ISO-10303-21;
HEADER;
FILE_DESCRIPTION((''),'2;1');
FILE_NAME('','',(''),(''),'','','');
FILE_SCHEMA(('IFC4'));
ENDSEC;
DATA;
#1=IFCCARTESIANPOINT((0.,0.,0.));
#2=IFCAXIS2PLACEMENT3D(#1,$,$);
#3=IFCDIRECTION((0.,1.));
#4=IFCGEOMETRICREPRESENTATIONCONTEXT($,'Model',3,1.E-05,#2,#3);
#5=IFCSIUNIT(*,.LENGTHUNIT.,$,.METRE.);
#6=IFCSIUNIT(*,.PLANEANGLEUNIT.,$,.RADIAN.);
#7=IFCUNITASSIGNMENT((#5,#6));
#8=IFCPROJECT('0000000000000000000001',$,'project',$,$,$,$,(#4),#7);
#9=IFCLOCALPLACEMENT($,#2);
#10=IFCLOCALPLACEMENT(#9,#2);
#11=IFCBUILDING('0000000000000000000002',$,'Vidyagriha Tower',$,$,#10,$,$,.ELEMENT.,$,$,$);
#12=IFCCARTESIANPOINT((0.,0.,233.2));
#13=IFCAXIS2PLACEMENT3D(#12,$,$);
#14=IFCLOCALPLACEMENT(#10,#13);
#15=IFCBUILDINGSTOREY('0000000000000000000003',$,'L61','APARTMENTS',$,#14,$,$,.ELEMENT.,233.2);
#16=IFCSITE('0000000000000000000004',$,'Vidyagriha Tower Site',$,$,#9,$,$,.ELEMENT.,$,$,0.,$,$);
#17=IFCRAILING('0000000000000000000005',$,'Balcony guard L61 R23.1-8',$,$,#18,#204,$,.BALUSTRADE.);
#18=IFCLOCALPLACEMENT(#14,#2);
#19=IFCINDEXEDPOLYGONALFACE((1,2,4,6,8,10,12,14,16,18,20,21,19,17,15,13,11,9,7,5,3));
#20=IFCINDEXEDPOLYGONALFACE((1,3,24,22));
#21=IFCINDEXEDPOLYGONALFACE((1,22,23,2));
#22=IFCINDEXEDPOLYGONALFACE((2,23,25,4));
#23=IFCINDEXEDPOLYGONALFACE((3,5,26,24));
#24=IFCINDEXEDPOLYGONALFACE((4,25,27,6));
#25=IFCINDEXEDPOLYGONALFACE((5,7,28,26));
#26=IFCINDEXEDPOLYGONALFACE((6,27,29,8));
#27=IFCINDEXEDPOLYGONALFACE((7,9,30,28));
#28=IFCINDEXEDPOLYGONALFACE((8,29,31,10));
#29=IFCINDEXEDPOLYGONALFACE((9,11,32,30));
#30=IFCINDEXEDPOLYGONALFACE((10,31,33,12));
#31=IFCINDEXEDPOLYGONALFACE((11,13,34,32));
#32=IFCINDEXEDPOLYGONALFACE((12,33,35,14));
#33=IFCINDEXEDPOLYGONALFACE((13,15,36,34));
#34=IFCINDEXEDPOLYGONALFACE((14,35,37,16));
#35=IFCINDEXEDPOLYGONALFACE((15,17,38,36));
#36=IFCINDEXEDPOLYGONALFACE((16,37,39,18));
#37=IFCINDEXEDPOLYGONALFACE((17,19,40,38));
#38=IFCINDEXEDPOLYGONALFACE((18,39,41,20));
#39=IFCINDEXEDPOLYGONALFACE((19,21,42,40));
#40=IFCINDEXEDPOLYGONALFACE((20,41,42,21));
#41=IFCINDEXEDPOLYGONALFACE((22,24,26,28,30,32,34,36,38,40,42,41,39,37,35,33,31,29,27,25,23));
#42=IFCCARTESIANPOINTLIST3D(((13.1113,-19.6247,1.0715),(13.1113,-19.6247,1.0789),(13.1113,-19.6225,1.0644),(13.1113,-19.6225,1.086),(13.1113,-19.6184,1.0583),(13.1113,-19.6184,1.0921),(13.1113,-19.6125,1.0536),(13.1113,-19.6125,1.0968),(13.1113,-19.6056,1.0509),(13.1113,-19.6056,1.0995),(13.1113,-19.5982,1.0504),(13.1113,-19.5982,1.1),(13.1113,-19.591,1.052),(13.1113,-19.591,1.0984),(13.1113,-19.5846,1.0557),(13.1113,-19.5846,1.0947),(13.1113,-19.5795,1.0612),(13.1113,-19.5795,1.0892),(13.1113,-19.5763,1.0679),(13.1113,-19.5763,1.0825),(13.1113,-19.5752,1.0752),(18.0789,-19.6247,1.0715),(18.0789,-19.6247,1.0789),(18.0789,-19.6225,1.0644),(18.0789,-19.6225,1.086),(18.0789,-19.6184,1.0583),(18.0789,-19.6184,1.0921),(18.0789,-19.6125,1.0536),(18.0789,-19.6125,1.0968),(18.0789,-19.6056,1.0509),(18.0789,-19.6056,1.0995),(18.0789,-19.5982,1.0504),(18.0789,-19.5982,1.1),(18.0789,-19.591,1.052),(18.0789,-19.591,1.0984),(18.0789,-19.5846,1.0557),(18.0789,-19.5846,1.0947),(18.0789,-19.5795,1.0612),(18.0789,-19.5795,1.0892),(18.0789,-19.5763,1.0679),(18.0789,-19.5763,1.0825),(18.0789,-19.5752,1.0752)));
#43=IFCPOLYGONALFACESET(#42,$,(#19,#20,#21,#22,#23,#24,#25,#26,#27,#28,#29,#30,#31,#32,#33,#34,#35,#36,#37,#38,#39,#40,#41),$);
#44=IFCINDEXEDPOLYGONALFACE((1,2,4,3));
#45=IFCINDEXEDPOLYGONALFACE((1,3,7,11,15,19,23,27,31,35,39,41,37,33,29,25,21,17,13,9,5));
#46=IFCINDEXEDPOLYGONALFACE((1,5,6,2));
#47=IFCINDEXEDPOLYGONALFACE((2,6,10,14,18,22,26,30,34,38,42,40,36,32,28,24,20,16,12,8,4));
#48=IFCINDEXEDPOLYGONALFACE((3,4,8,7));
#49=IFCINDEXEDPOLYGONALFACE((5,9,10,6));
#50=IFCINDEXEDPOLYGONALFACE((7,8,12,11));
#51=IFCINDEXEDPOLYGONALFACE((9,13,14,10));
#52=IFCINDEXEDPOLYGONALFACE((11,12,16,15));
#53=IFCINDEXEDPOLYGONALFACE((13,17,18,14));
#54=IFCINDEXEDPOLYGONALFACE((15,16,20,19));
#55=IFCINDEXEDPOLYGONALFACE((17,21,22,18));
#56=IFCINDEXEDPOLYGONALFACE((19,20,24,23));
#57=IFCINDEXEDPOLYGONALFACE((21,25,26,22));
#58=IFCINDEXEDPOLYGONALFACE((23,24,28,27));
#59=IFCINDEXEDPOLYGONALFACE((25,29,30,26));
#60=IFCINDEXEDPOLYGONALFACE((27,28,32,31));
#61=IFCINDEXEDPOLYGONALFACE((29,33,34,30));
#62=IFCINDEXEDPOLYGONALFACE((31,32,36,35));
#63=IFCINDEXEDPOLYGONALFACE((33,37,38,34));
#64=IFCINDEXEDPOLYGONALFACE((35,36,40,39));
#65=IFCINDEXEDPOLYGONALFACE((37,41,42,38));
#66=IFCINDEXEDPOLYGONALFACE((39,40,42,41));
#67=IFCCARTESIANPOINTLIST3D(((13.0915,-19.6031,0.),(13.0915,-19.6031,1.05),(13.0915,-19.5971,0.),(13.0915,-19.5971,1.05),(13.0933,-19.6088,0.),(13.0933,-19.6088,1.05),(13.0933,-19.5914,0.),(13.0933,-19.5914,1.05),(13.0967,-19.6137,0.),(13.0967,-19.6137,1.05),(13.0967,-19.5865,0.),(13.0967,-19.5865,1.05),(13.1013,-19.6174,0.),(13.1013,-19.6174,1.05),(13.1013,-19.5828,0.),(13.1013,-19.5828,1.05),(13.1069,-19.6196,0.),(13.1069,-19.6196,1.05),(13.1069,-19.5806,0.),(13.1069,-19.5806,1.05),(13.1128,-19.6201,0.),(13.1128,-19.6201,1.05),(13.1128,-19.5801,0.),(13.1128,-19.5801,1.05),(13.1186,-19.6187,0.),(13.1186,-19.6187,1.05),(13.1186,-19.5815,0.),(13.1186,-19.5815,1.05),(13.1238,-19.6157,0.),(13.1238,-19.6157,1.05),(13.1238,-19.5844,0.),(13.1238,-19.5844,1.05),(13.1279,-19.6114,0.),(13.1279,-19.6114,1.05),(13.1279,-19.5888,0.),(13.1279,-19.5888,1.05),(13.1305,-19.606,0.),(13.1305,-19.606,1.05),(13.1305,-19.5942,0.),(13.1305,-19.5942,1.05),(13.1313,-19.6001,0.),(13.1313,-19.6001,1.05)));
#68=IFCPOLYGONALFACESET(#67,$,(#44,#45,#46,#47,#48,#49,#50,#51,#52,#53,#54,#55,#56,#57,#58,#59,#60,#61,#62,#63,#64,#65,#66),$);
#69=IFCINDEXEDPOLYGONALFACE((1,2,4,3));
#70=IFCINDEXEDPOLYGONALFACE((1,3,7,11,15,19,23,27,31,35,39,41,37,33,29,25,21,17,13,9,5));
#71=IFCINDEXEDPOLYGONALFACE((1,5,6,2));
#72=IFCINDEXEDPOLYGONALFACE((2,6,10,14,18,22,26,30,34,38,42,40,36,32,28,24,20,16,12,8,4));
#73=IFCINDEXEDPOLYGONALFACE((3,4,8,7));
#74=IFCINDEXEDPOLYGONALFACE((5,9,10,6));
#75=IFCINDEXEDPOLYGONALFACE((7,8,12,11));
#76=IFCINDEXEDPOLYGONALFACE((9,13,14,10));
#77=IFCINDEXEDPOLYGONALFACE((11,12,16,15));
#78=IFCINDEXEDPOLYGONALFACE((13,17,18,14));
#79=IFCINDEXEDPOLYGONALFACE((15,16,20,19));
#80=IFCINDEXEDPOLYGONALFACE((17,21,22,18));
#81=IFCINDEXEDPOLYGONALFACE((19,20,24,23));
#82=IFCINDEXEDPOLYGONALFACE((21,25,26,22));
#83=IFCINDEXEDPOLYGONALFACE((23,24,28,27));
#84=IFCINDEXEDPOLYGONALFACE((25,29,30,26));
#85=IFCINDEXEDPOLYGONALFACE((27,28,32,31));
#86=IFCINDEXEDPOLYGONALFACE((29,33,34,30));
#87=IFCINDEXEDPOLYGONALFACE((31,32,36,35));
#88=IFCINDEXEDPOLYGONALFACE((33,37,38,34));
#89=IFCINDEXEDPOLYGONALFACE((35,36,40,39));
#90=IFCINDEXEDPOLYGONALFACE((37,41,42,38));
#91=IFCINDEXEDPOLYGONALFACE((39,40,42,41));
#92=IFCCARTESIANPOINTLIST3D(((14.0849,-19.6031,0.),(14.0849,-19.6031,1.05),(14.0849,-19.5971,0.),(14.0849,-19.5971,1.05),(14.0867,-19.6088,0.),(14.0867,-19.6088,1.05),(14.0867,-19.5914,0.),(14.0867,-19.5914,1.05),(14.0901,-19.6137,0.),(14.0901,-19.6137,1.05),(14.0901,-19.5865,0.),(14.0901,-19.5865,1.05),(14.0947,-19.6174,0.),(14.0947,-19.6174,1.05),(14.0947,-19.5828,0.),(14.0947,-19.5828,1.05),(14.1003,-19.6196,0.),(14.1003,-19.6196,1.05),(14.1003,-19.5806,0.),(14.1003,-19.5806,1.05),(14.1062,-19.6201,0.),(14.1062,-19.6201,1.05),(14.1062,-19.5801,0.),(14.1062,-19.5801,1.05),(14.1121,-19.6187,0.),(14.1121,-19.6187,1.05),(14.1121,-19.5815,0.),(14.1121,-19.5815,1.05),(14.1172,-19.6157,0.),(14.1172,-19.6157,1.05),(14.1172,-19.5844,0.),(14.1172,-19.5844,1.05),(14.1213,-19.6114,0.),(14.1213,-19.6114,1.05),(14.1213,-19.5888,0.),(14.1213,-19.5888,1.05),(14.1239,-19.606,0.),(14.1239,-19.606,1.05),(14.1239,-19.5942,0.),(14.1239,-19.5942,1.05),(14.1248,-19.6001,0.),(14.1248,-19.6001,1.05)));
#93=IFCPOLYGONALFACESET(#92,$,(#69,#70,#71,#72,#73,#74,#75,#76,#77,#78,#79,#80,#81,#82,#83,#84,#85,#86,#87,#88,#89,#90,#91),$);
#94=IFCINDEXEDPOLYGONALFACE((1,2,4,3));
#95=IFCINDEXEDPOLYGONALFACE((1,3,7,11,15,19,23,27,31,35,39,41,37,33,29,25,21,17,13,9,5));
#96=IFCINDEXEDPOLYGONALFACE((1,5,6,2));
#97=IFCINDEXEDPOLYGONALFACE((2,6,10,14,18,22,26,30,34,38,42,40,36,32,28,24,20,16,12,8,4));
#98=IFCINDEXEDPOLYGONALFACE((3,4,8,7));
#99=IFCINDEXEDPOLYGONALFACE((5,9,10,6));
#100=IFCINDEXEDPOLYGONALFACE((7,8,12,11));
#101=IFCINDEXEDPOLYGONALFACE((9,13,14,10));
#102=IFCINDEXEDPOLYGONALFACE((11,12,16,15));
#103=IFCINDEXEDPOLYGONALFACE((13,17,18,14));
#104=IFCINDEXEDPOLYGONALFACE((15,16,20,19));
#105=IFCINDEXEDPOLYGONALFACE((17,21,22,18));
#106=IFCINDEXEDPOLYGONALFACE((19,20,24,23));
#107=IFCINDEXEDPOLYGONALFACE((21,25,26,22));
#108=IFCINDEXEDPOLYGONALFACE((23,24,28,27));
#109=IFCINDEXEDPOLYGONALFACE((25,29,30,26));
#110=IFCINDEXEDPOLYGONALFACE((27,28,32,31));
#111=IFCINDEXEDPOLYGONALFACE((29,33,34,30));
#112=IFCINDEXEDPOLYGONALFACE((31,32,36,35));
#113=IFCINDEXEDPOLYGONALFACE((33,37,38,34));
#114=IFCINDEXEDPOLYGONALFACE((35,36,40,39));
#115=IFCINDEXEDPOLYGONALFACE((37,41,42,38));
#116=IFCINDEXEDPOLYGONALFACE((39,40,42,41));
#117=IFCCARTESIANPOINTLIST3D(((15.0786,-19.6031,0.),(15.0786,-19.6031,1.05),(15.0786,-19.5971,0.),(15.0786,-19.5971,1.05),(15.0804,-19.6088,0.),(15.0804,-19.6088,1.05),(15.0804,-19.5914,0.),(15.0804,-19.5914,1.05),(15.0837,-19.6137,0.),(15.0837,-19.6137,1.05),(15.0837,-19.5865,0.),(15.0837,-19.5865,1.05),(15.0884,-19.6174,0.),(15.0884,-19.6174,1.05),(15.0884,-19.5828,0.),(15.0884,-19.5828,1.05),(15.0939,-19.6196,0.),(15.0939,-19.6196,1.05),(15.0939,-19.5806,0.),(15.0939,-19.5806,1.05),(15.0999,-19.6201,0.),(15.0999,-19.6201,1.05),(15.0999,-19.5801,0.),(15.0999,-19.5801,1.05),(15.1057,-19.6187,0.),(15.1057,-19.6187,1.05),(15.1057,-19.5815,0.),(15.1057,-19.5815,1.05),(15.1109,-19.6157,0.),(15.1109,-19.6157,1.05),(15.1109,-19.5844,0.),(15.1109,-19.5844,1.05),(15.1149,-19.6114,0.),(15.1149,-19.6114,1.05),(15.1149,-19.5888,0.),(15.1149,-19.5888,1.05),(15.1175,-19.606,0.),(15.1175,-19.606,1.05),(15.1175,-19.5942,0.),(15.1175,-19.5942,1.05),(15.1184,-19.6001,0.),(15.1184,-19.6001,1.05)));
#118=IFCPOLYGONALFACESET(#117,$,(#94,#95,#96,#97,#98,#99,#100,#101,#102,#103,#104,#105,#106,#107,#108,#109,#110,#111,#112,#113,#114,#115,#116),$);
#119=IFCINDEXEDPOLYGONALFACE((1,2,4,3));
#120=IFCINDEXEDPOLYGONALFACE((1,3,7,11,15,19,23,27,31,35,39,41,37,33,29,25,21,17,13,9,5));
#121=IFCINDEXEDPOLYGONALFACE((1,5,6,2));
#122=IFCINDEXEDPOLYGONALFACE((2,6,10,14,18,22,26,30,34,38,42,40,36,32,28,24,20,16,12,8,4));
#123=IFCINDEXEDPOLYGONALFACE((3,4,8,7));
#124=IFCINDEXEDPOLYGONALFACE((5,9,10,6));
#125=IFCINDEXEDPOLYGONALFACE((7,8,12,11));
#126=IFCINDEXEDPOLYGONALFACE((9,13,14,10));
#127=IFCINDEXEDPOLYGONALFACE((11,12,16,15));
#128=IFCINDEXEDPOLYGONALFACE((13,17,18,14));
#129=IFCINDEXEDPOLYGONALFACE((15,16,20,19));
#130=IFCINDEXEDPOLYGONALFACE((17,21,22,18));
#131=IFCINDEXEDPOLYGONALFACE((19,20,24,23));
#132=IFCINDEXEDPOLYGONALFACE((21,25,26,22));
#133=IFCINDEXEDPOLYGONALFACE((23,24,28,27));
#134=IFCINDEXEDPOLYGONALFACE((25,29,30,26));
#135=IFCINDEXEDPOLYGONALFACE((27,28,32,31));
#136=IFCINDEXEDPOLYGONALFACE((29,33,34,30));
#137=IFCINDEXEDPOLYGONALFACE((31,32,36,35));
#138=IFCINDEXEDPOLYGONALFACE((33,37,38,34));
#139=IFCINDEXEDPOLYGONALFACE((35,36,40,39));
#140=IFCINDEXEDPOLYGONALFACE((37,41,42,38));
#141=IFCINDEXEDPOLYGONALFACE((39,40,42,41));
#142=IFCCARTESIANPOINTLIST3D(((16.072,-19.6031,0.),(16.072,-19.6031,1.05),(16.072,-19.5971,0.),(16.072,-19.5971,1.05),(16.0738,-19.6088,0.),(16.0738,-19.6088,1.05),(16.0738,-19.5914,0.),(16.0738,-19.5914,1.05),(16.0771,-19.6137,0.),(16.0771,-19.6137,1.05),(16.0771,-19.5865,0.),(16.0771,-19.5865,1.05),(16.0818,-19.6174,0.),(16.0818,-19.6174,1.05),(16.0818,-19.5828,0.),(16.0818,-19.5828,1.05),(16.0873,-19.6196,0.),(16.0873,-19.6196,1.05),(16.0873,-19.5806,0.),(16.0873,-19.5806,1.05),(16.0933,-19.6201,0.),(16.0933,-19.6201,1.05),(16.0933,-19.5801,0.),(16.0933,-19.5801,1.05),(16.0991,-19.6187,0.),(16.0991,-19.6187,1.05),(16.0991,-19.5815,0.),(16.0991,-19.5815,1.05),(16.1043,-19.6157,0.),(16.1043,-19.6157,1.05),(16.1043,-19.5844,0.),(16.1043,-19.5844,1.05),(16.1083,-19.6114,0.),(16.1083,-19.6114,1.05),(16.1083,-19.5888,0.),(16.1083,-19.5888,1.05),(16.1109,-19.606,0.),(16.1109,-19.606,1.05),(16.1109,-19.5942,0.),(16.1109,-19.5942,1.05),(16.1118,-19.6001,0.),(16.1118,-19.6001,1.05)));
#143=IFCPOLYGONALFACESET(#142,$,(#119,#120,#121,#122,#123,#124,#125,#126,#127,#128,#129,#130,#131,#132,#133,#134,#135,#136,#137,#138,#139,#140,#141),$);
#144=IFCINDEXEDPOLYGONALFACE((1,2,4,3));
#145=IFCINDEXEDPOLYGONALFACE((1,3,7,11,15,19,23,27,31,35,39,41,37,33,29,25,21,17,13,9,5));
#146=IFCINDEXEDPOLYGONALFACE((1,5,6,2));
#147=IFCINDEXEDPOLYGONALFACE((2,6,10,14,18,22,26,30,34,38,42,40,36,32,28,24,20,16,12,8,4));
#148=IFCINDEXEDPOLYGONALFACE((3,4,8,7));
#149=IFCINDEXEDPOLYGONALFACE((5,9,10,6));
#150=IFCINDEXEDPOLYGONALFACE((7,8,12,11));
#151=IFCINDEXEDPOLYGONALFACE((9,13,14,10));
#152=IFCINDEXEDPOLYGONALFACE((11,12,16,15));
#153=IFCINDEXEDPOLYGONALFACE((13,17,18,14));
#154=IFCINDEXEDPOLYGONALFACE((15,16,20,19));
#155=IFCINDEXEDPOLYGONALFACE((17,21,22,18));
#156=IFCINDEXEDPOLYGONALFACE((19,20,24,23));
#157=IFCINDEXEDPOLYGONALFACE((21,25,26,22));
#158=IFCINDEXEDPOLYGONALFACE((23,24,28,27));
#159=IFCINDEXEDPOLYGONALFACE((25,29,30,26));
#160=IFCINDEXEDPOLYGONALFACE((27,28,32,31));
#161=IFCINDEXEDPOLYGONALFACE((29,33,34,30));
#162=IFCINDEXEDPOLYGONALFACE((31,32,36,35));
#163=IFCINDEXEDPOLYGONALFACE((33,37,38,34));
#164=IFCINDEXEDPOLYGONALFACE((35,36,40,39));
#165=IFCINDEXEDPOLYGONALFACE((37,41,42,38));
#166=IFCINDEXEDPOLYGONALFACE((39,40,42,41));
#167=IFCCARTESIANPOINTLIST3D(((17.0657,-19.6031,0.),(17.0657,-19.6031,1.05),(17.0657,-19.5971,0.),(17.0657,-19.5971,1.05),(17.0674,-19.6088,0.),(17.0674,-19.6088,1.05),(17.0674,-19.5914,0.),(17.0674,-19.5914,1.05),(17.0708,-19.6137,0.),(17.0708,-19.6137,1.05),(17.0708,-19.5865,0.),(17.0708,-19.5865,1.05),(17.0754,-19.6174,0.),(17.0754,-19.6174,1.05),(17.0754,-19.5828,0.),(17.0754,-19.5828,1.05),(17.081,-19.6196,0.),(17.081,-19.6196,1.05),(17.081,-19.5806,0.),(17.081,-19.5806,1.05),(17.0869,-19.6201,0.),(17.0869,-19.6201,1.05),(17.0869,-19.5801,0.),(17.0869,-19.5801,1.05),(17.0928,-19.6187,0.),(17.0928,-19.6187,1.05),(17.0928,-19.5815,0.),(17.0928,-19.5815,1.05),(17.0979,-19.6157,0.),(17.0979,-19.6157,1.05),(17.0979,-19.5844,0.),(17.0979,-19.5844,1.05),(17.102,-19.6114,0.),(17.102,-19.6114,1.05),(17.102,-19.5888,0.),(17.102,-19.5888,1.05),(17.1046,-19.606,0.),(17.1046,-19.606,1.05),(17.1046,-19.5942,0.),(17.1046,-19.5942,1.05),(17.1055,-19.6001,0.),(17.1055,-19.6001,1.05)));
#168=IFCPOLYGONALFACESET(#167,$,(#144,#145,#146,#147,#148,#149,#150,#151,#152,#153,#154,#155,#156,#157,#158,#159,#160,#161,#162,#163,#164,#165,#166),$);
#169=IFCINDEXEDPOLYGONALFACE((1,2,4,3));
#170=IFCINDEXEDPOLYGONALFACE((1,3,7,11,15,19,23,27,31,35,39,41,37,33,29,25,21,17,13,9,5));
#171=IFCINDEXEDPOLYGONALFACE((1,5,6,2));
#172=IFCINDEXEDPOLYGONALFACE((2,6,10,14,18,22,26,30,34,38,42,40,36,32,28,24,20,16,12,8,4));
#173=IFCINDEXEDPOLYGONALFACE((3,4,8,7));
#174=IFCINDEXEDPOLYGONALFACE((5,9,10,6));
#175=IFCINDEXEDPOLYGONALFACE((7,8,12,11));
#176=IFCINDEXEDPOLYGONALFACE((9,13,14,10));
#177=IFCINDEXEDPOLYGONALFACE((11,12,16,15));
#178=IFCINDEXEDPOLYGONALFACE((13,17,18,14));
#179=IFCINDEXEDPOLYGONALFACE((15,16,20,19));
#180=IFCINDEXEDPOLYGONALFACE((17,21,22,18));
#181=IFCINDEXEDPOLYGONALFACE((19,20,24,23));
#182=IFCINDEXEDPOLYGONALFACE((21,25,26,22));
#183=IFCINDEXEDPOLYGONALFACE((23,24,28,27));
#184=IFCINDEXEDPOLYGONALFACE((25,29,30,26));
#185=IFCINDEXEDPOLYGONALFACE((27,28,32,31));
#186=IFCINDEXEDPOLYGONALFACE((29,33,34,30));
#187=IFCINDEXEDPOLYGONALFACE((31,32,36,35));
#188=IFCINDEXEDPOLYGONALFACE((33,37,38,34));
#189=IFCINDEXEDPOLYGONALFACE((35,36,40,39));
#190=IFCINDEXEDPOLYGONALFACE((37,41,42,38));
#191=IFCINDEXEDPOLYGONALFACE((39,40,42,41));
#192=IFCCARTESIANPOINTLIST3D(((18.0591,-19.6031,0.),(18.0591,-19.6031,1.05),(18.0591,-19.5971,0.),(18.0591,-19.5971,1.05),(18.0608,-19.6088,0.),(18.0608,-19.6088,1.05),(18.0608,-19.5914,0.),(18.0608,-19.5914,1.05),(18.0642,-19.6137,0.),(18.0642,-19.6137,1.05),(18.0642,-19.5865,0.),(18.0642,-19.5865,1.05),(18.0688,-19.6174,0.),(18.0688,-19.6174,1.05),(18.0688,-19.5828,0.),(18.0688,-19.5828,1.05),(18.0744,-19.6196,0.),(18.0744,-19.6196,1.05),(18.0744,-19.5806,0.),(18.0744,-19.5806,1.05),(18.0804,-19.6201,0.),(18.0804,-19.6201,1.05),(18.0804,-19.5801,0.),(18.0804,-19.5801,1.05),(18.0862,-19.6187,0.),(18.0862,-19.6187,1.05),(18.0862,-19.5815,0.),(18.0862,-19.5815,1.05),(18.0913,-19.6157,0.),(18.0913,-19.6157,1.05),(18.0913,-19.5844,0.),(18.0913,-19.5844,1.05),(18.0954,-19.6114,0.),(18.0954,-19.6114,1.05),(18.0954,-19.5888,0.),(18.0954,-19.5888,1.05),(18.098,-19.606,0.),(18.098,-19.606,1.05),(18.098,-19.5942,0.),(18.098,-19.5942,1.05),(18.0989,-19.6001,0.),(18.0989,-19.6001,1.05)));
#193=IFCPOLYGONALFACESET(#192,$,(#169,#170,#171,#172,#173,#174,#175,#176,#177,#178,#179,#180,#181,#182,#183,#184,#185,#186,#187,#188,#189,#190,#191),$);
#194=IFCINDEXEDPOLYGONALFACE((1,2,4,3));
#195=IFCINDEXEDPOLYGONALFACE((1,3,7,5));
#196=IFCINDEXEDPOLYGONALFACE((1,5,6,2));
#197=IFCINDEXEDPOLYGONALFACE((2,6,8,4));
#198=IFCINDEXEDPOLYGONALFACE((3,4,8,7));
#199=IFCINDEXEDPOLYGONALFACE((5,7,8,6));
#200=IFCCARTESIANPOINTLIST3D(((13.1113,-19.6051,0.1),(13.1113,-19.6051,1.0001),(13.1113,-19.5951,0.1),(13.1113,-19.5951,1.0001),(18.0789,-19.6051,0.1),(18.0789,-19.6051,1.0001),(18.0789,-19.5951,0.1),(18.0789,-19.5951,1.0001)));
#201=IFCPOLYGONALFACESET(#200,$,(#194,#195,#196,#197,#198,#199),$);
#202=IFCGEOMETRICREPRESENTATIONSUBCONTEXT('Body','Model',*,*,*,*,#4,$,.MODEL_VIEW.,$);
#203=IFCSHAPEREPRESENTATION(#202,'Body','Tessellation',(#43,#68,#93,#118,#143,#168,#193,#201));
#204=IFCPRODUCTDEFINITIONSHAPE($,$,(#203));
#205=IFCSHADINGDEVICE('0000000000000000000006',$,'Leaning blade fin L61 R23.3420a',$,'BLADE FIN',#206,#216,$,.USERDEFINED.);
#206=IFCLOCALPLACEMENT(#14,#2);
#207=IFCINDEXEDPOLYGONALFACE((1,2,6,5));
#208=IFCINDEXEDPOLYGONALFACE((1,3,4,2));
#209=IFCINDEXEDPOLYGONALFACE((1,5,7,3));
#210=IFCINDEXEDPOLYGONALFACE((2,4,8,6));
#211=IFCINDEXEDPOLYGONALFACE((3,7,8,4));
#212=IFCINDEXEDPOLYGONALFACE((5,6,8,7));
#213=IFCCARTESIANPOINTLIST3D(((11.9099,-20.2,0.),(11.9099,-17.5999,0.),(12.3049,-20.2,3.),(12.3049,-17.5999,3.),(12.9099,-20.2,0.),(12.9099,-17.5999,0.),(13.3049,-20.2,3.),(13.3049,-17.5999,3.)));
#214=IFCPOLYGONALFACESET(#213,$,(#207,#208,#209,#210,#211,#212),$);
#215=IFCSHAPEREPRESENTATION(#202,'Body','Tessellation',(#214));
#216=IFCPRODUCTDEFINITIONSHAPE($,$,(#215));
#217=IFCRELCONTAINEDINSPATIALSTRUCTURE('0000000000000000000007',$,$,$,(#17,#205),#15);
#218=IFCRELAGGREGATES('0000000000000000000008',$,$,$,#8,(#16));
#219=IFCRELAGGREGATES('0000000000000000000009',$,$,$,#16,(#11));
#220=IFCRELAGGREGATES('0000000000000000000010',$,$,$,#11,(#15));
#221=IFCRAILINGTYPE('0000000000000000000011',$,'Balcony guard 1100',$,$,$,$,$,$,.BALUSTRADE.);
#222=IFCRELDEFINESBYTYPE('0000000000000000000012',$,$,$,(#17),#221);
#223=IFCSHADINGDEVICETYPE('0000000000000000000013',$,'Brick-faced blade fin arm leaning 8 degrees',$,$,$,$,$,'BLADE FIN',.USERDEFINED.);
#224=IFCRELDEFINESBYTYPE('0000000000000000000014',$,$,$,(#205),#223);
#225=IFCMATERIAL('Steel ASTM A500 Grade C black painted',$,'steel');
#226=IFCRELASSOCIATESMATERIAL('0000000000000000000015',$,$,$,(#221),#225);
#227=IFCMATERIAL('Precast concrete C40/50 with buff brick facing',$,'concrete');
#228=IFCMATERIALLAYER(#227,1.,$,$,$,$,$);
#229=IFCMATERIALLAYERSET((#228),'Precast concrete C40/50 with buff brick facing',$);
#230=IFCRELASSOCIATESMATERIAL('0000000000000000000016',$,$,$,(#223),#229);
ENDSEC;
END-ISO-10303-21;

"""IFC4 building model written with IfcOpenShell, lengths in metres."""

from ifc_helpers import new_model, si_unit, direction, frame, origin, origin_2d, place, context, subcontext, project, spatial, polyline, rectangle, circle, outline, extrude, material, layer, layer_set, type_object, element, save


model = new_model("IFC4")

# Units and contexts
model_context = context("Model", 3, precision=1e-05, world=origin(), true_north=direction((0.0, 1.0)))
body_context = subcontext(model_context, "Body", "Model", "MODEL_VIEW")
ifc_project = project(units=[si_unit("LENGTHUNIT", "METRE"), si_unit("PLANEANGLEUNIT", "RADIAN")], contexts=[model_context])

# Site, building, storey
site_placement = place(None, origin())
site = spatial("IfcSite", under=ifc_project, at=site_placement, Name="Vidyagriha Tower Site", CompositionType="ELEMENT", RefElevation=0.0)
building_placement = place(site_placement, origin())
building = spatial("IfcBuilding", under=site, at=building_placement, Name="Vidyagriha Tower", CompositionType="ELEMENT")
storey_placement = place(building_placement, frame((0.0, 0.0, 233.2)))
storey = spatial("IfcBuildingStorey", under=building, at=storey_placement, Name="L61", Description="APARTMENTS", CompositionType="ELEMENT", Elevation=233.2)

# Railing
ifc_material_1 = material(Name="Steel ASTM A500 Grade C black painted", Category="steel")
railing_type = type_object("IfcRailingType", Name="Balcony guard 1100", PredefinedType="BALUSTRADE", material=ifc_material_1)
railing_1_placement = place(storey_placement, frame((13.1113, -19.6001, 0.0)))
element("IfcRailing", 1, at=railing_1_placement, inside=storey, type_object=railing_type, Name="Balcony guard L61 R23.1-8", PredefinedType="BALUSTRADE", context=body_context, shape_type="SweptSolid", body=[
    extrude(circle(Radius=0.0249, at=origin_2d()), frame((0.0, 0.0, 1.0752), z_axis=(1.0, 0.0, 0.0), x_axis=(0.0, 1.0, 0.0)), (0.0, 0.0, 1.0), 4.9675),
    extrude(circle(Radius=0.02, at=origin_2d()), origin(), (0.0, 0.0, 1.0), 1.05),
    extrude(circle(Radius=0.02, at=origin_2d()), frame((0.9934, 0.0, 0.0)), (0.0, 0.0, 1.0), 1.05),
    extrude(circle(Radius=0.02, at=origin_2d()), frame((1.9871, 0.0, 0.0)), (0.0, 0.0, 1.0), 1.05),
    extrude(circle(Radius=0.02, at=origin_2d()), frame((2.9805, 0.0, 0.0)), (0.0, 0.0, 1.0), 1.05),
    extrude(circle(Radius=0.02, at=origin_2d()), frame((3.9741, 0.0, 0.0)), (0.0, 0.0, 1.0), 1.05),
    extrude(circle(Radius=0.02, at=origin_2d()), frame((4.9675, 0.0, 0.0)), (0.0, 0.0, 1.0), 1.05),
    extrude(rectangle(XDim=0.01, YDim=0.9001, at=origin_2d()), frame((0.0, 0.0, 0.55), z_axis=(1.0, 0.0, 0.0), x_axis=(0.0, 1.0, 0.0)), (0.0, 0.0, 1.0), 4.9675),
])

# Shading device
ifc_material_2 = material(Name="Precast concrete C40/50 with buff brick facing", Category="concrete")
ifc_layer_1 = layer(ifc_material_2, 1.0)
ifc_layer_set_1 = layer_set([ifc_layer_1], Name="Precast concrete C40/50 with buff brick facing")
shading_device_type_1 = type_object("IfcShadingDeviceType", Name="Brick-faced blade fin arm leaning 8 degrees", ElementType="BLADE FIN", PredefinedType="USERDEFINED", material=ifc_layer_set_1)
shading_device_1_placement = place(storey_placement, frame((11.9099, -18.8999, 0.0)))
element("IfcShadingDevice", 2, at=shading_device_1_placement, inside=storey, type_object=shading_device_type_1, Name="Leaning blade fin L61 R23.3420a", ObjectType="BLADE FIN", PredefinedType="USERDEFINED", context=body_context, shape_type="SweptSolid", body=[
    extrude(outline(polyline([(0.0, 0.0), (1.0, 0.0), (1.395, 3.0), (0.395, 3.0), (0.0, 0.0)])), frame((0.0, 1.3, 0.0), z_axis=(0.0, -1.0, 0.0), x_axis=(1.0, 0.0, 0.0)), (0.0, 0.0, 1.0), 2.6001),
])

save(model, "model.ifc")
